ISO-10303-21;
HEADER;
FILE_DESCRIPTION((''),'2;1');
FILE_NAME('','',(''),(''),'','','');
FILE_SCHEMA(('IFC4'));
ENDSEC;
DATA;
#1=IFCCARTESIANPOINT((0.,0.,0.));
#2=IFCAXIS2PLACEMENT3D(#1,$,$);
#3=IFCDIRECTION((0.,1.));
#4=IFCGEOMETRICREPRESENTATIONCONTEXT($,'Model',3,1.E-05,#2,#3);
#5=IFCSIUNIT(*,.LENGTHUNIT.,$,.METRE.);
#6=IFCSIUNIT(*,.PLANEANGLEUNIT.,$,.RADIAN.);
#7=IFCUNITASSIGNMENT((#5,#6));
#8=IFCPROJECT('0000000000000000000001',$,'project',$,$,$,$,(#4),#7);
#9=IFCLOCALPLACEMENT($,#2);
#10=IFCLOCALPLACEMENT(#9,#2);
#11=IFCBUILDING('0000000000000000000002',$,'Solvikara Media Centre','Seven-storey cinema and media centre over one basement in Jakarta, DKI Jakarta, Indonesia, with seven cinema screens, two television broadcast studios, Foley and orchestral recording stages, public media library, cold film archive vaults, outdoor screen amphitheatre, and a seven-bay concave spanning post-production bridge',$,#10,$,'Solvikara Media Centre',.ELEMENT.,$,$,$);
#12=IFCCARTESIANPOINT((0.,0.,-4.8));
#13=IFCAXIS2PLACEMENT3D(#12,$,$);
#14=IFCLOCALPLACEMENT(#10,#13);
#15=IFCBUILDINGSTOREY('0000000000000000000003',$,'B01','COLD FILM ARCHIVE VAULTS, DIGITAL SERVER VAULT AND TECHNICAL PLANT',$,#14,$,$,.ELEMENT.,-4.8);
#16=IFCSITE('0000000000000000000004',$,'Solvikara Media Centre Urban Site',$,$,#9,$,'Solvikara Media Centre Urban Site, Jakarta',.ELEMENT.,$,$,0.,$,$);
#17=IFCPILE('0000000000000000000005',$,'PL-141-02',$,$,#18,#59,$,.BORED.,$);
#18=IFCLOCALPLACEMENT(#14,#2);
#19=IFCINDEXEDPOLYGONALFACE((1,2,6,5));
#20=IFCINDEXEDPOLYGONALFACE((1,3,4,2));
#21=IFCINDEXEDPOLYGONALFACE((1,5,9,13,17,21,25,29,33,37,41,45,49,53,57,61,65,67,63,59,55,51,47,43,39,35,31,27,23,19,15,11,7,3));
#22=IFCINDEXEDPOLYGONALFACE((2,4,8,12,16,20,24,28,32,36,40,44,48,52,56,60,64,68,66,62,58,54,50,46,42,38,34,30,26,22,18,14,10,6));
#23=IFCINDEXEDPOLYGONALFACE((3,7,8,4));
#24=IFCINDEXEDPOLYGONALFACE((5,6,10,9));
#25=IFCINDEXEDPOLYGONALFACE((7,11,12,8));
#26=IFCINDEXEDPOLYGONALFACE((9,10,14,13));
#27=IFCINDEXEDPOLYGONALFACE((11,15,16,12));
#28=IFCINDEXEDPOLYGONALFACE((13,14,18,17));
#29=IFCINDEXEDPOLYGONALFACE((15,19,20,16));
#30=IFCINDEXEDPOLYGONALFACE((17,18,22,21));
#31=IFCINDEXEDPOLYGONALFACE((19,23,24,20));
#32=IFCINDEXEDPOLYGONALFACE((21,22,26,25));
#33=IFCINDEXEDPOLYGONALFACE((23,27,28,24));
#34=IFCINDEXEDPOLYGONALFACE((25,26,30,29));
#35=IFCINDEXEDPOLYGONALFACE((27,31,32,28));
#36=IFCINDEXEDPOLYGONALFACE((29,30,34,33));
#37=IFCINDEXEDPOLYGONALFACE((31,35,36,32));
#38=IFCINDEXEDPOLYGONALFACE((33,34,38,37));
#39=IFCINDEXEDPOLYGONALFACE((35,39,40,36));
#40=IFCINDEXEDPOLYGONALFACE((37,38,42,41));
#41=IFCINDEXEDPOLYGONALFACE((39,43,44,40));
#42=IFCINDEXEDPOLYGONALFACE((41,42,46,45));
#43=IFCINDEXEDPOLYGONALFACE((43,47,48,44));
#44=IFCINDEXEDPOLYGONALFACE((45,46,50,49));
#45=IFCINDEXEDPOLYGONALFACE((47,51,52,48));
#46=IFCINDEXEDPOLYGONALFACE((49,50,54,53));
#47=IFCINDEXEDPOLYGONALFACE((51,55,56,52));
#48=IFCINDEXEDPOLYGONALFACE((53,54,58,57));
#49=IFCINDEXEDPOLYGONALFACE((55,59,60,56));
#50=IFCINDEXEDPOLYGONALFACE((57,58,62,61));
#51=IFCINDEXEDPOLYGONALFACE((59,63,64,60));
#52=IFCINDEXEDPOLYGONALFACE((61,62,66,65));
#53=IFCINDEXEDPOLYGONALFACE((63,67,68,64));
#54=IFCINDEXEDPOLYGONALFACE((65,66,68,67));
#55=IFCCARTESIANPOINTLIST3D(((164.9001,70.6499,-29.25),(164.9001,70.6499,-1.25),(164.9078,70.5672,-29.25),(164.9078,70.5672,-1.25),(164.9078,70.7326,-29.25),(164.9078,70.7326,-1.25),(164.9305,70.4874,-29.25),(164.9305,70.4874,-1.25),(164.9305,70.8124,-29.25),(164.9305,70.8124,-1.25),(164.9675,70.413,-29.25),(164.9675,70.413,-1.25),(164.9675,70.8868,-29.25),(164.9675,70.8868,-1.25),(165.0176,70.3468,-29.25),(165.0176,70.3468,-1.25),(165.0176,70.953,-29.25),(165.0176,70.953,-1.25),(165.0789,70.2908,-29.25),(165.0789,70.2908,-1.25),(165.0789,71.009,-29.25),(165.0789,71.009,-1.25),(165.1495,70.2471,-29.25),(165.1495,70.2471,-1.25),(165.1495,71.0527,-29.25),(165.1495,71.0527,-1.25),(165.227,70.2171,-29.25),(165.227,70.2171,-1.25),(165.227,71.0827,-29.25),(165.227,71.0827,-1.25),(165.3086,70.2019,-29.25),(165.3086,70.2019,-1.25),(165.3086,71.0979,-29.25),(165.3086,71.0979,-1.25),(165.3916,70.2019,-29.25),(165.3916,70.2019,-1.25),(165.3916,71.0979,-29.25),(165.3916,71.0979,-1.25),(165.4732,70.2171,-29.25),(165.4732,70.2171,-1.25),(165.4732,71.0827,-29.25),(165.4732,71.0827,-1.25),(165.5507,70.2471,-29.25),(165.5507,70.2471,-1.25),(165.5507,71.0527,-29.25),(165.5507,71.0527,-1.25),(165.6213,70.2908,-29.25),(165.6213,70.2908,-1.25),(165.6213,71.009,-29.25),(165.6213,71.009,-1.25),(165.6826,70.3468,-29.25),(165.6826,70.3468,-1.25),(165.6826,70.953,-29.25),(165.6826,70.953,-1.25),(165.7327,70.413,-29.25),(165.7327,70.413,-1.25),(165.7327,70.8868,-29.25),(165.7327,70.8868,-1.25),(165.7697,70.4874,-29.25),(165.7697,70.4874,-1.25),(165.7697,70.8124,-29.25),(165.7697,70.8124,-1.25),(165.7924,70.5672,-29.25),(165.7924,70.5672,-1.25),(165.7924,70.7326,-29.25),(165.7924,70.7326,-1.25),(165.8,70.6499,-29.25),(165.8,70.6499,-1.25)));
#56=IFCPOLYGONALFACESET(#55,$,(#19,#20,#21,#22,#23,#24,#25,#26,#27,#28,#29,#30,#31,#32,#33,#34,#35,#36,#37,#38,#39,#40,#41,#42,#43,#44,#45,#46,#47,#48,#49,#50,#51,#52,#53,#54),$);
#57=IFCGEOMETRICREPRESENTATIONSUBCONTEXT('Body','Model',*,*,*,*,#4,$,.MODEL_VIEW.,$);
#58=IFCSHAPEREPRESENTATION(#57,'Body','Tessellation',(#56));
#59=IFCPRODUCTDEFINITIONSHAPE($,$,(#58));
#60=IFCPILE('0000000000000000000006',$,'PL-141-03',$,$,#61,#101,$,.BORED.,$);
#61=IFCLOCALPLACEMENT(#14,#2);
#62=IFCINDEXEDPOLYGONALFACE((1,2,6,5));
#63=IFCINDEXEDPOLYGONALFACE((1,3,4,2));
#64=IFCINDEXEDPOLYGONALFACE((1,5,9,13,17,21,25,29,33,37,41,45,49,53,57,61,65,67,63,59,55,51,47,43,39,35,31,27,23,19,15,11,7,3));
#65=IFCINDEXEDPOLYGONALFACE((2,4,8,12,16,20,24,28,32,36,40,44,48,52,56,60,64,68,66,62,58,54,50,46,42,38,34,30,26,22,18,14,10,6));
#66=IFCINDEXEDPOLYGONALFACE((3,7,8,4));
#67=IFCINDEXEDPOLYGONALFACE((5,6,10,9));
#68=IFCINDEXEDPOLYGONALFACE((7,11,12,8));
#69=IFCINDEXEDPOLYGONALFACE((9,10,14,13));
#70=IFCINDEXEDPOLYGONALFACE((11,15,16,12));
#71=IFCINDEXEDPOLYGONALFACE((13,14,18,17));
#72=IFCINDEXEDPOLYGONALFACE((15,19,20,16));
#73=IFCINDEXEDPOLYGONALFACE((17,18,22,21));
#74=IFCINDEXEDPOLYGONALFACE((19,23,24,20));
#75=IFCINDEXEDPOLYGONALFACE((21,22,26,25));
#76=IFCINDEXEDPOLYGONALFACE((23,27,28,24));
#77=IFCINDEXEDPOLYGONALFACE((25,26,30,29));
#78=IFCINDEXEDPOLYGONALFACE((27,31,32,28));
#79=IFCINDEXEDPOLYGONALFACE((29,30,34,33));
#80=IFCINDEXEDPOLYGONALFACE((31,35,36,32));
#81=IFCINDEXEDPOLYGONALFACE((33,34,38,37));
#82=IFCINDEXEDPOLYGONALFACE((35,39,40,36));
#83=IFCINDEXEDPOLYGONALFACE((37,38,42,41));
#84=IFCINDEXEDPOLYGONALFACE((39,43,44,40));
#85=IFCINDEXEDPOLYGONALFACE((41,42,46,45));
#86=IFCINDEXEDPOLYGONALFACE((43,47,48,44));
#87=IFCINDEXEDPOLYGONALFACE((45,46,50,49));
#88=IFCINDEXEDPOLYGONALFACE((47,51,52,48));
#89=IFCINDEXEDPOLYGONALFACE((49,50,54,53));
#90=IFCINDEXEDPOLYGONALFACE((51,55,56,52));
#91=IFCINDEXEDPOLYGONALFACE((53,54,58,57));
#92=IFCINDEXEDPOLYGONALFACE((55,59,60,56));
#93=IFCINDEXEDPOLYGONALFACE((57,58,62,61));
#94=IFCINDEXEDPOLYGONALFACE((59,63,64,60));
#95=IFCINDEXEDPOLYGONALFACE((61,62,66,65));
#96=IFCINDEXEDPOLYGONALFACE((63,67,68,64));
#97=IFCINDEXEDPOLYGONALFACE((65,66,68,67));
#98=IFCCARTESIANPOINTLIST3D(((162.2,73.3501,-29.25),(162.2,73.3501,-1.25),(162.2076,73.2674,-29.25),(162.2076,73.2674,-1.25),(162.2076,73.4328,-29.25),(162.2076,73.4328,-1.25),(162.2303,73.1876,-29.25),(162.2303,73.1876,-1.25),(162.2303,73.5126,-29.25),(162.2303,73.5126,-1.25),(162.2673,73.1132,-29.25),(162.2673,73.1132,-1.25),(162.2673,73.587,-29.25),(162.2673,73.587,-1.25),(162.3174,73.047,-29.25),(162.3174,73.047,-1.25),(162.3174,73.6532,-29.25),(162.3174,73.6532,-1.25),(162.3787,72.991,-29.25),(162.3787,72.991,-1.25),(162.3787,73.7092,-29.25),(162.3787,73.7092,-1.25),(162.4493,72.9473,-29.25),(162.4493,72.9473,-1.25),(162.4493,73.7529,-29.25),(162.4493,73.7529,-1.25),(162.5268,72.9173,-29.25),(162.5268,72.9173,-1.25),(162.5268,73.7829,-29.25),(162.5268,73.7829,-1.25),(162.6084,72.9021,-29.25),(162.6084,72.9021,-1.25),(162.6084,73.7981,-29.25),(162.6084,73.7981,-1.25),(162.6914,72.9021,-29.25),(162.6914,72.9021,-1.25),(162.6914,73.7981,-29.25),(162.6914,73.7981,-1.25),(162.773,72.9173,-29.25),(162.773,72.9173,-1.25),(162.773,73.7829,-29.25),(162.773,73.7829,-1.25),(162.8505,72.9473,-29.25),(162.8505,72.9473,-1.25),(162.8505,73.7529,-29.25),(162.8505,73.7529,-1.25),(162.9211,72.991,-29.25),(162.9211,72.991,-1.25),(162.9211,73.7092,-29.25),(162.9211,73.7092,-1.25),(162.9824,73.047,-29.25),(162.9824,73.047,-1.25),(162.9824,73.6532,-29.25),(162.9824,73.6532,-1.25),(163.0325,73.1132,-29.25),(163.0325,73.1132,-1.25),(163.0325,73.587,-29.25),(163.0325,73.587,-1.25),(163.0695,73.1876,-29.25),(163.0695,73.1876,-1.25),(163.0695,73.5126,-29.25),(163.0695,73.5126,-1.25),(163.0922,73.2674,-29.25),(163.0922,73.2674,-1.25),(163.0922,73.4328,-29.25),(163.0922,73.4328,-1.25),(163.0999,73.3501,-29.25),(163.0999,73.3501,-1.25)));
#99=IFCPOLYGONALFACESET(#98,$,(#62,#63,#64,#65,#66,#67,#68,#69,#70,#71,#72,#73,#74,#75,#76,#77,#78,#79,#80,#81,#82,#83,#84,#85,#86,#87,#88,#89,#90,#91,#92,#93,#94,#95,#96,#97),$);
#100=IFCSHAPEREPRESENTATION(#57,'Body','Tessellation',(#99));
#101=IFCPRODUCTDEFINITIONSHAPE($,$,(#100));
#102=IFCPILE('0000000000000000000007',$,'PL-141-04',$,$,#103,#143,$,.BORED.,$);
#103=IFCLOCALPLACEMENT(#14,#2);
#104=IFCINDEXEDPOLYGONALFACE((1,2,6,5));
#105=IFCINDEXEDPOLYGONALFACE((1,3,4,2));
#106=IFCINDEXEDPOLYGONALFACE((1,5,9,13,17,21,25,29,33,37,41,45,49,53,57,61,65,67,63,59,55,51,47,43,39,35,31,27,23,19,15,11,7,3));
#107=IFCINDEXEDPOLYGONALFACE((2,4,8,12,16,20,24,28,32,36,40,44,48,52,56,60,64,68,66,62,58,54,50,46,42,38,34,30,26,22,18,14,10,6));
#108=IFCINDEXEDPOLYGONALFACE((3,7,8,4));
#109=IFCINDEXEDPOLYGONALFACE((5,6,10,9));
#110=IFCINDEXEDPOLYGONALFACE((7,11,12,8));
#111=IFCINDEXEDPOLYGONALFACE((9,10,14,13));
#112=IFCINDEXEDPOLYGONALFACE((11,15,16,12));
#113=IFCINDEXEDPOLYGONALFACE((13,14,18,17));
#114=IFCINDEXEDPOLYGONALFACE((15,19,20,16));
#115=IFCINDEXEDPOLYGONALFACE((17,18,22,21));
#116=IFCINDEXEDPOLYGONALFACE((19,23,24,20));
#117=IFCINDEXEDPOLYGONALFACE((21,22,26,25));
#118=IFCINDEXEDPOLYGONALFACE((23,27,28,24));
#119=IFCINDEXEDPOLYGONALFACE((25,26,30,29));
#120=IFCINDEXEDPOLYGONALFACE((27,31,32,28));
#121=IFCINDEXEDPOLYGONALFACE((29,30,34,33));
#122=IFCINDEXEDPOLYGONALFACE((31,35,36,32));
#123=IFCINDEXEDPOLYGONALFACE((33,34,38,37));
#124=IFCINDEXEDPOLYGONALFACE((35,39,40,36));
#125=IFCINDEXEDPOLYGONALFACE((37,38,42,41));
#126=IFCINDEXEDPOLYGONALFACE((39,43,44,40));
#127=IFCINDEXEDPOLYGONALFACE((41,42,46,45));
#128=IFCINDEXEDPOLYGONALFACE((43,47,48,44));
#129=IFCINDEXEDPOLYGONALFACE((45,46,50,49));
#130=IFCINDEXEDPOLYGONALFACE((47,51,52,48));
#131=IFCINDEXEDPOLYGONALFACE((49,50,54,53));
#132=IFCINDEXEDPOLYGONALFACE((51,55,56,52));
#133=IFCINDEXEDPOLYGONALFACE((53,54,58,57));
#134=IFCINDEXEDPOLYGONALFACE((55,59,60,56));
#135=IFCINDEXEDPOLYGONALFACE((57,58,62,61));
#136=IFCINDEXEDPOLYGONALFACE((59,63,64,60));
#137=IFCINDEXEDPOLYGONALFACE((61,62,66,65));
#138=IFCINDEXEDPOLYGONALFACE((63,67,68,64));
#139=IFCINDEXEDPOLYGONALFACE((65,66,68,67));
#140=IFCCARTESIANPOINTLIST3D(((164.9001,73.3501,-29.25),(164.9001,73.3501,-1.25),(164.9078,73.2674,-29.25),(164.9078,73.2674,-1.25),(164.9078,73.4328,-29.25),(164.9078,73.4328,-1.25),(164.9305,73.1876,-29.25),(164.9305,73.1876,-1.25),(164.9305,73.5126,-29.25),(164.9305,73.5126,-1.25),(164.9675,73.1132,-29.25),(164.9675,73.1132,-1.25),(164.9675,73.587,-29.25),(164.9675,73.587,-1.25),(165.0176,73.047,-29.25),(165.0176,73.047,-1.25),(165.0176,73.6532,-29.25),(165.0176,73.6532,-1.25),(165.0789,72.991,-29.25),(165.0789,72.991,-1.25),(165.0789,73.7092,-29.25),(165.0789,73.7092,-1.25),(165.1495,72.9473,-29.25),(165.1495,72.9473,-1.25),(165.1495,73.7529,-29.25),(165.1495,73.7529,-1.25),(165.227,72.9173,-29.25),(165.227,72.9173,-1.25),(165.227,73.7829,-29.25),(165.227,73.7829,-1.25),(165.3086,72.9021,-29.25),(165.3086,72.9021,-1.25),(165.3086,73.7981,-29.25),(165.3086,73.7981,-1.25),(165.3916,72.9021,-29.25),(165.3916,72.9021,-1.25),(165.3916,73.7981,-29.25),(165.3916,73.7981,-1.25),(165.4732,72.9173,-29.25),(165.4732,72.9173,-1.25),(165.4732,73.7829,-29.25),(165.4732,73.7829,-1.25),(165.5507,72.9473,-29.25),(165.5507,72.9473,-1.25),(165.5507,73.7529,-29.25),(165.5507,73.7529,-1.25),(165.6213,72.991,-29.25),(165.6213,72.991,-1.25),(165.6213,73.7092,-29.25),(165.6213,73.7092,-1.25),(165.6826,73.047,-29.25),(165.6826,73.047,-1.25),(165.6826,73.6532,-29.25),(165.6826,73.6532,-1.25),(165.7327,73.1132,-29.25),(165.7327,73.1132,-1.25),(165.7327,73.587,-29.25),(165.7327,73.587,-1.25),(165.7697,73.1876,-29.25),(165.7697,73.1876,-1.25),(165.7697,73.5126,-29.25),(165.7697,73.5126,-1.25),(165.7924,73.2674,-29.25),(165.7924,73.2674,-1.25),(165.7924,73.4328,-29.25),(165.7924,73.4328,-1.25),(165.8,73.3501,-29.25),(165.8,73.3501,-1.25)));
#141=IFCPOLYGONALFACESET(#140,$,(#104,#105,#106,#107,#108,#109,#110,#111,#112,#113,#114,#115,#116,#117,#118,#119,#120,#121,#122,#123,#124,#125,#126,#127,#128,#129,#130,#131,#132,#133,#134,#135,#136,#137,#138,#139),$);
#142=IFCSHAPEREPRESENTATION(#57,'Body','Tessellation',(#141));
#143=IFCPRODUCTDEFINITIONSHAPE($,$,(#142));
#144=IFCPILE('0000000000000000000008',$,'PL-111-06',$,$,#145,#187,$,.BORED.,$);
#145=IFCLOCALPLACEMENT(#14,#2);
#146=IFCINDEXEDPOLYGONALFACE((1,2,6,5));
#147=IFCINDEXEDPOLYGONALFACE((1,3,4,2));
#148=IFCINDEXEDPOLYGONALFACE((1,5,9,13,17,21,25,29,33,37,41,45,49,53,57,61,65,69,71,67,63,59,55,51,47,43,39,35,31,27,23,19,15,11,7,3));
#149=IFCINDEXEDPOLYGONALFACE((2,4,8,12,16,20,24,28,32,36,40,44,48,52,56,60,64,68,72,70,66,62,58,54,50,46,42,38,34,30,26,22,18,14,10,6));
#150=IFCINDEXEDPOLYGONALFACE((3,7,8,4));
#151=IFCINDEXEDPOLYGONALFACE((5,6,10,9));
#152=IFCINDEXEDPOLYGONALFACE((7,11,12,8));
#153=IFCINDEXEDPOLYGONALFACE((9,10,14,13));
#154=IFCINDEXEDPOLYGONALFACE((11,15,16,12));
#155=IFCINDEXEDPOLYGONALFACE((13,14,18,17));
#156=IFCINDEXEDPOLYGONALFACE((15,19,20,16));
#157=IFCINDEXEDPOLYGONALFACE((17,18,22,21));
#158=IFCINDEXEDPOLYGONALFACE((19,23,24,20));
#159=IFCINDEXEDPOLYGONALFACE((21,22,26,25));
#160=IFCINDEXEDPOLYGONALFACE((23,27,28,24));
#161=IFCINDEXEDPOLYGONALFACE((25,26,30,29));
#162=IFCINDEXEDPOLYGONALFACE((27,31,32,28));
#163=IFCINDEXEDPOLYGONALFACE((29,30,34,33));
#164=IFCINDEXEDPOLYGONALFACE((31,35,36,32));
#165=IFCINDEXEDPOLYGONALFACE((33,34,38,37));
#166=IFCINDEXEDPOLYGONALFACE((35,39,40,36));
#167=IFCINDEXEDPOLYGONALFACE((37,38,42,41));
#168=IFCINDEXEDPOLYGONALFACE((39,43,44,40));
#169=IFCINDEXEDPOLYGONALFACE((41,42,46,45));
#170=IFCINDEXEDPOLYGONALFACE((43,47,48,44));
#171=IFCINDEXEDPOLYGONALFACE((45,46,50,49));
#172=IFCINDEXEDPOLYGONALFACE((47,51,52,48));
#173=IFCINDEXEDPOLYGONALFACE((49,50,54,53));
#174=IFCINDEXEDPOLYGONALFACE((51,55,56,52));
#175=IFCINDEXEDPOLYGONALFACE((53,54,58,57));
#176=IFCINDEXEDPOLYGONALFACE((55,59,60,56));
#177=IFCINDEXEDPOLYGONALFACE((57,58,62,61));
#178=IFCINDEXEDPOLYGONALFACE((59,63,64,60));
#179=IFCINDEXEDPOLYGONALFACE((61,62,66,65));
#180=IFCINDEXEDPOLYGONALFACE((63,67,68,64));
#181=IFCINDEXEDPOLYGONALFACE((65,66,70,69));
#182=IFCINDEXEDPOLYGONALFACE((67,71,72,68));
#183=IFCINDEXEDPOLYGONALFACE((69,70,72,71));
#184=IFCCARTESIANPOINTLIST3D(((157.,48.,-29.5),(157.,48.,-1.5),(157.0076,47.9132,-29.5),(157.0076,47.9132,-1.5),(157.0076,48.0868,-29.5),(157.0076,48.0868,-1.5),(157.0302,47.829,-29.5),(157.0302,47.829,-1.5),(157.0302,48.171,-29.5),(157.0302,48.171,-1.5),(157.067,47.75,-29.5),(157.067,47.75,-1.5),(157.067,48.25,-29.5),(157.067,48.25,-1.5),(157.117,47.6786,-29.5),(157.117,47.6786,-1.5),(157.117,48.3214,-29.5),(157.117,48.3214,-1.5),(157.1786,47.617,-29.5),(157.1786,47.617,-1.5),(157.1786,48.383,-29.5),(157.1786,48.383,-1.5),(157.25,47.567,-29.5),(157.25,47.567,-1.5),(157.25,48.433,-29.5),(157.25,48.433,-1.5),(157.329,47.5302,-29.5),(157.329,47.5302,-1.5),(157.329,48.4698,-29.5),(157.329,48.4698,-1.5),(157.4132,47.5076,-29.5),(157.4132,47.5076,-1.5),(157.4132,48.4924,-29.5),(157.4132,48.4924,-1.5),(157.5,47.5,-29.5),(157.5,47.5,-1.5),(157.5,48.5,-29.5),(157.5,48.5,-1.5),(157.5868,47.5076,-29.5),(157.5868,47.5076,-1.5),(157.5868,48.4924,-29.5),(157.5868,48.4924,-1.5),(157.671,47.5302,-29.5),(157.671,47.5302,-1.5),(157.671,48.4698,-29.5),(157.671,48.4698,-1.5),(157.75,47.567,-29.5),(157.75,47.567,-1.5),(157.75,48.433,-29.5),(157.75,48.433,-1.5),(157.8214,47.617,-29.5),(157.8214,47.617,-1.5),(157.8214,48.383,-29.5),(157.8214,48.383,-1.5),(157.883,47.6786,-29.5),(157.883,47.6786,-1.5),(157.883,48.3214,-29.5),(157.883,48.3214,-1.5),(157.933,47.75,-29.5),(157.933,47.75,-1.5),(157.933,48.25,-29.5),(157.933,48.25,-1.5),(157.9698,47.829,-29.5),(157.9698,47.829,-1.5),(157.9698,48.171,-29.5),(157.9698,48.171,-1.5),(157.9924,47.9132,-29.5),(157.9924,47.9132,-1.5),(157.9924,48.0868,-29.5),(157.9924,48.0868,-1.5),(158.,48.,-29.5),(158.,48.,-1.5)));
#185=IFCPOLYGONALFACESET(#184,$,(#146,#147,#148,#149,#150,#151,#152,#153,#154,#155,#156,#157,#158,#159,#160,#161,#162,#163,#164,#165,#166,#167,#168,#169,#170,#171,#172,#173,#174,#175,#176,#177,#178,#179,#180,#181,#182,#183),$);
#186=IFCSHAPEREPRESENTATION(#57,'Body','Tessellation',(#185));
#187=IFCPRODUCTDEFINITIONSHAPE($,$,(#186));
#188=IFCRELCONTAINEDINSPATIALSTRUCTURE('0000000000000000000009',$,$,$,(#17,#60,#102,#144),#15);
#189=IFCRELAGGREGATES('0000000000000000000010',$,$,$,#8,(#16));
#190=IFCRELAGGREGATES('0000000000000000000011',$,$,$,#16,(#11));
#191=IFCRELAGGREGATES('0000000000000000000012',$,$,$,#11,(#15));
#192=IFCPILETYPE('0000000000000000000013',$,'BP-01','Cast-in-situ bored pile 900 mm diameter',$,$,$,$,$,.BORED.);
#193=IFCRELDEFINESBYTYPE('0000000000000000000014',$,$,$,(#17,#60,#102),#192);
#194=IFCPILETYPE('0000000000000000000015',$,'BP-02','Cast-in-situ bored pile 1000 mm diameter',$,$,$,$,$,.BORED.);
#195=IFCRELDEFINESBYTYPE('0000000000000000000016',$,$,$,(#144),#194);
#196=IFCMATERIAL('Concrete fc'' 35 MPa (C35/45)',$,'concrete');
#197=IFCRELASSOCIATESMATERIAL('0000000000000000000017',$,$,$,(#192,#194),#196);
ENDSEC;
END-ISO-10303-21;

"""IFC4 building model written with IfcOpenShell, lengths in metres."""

from ifc_helpers import new_model, si_unit, direction, frame, origin, origin_2d, place, context, subcontext, project, spatial, circle, extrude, material, material_profile, profile_set, type_object, element, save


model = new_model("IFC4")

# Units and contexts
model_context = context("Model", 3, precision=1e-05, world=origin(), true_north=direction((0.0, 1.0)))
body_context = subcontext(model_context, "Body", "Model", "MODEL_VIEW")
ifc_project = project(units=[si_unit("LENGTHUNIT", "METRE"), si_unit("PLANEANGLEUNIT", "RADIAN")], contexts=[model_context])

# Site, building, storey
site_placement = place(None, origin())
site = spatial("IfcSite", under=ifc_project, at=site_placement, Name="Solvikara Media Centre Urban Site", LongName="Solvikara Media Centre Urban Site, Jakarta", CompositionType="ELEMENT", RefElevation=0.0)
building_placement = place(site_placement, origin())
building = spatial("IfcBuilding", under=site, at=building_placement, Name="Solvikara Media Centre", Description="Seven-storey cinema and media centre over one basement in Jakarta, DKI Jakarta, Indonesia, with seven cinema screens, two television broadcast studios, Foley and orchestral recording stages, public media library, cold film archive vaults, outdoor screen amphitheatre, and a seven-bay concave spanning post-production bridge", LongName="Solvikara Media Centre", CompositionType="ELEMENT")
storey_placement = place(building_placement, frame((0.0, 0.0, -4.8)))
storey = spatial("IfcBuildingStorey", under=building, at=storey_placement, Name="B01", Description="COLD FILM ARCHIVE VAULTS, DIGITAL SERVER VAULT AND TECHNICAL PLANT", CompositionType="ELEMENT", Elevation=-4.8)

# Piles
ifc_material_1 = material(Name="Concrete fc' 35 MPa (C35/45)", Category="concrete")
ifc_material_profile_1 = material_profile(ifc_material_1, circle(Radius=0.45, at=origin_2d()), Name="BORED PILE D900")
ifc_profile_set_1 = profile_set([ifc_material_profile_1], Name="Concrete fc' 35 MPa (C35/45)")
pile_type_1 = type_object("IfcPileType", Name="BP-01", Description="Cast-in-situ bored pile 900 mm diameter", PredefinedType="BORED", material=ifc_profile_set_1)
for number, where, z_axis, x_axis, name in (
    (1, (165.3501, 70.6499, -1.25), (0.0, 0.0, -1.0), (1.0, 0.0, 0.0), "PL-141-02"),
    (2, (162.6499, 73.3501, -1.25), (0.0, 0.0, -1.0), (1.0, 0.0, 0.0), "PL-141-03"),
    (3, (165.3501, 73.3501, -1.25), (0.0, 0.0, -1.0), (1.0, 0.0, 0.0), "PL-141-04"),
):
    element("IfcPile", number, at=place(storey_placement, frame(where, z_axis=z_axis, x_axis=x_axis)), inside=storey, type_object=pile_type_1, Name=name, PredefinedType="BORED", context=body_context, shape_type="SweptSolid", body=[
        extrude(circle(Radius=0.45, at=origin_2d()), origin(), (0.0, 0.0, 1.0), 28.0),
    ])
ifc_material_profile_2 = material_profile(ifc_material_1, circle(Radius=0.5, at=origin_2d()), Name="BORED PILE D1000")
ifc_profile_set_2 = profile_set([ifc_material_profile_2], Name="Concrete fc' 35 MPa (C35/45)")
pile_type_2 = type_object("IfcPileType", Name="BP-02", Description="Cast-in-situ bored pile 1000 mm diameter", PredefinedType="BORED", material=ifc_profile_set_2)
for number, where, z_axis, x_axis, name in (
    (4, (157.5, 48.0, -1.5), (0.0, 0.0, -1.0), (1.0, 0.0, 0.0), "PL-111-06"),
):
    element("IfcPile", number, at=place(storey_placement, frame(where, z_axis=z_axis, x_axis=x_axis)), inside=storey, type_object=pile_type_2, Name=name, PredefinedType="BORED", context=body_context, shape_type="SweptSolid", body=[
        extrude(circle(Radius=0.5, at=origin_2d()), origin(), (0.0, 0.0, 1.0), 28.0),
    ])

save(model, "model.ifc")
